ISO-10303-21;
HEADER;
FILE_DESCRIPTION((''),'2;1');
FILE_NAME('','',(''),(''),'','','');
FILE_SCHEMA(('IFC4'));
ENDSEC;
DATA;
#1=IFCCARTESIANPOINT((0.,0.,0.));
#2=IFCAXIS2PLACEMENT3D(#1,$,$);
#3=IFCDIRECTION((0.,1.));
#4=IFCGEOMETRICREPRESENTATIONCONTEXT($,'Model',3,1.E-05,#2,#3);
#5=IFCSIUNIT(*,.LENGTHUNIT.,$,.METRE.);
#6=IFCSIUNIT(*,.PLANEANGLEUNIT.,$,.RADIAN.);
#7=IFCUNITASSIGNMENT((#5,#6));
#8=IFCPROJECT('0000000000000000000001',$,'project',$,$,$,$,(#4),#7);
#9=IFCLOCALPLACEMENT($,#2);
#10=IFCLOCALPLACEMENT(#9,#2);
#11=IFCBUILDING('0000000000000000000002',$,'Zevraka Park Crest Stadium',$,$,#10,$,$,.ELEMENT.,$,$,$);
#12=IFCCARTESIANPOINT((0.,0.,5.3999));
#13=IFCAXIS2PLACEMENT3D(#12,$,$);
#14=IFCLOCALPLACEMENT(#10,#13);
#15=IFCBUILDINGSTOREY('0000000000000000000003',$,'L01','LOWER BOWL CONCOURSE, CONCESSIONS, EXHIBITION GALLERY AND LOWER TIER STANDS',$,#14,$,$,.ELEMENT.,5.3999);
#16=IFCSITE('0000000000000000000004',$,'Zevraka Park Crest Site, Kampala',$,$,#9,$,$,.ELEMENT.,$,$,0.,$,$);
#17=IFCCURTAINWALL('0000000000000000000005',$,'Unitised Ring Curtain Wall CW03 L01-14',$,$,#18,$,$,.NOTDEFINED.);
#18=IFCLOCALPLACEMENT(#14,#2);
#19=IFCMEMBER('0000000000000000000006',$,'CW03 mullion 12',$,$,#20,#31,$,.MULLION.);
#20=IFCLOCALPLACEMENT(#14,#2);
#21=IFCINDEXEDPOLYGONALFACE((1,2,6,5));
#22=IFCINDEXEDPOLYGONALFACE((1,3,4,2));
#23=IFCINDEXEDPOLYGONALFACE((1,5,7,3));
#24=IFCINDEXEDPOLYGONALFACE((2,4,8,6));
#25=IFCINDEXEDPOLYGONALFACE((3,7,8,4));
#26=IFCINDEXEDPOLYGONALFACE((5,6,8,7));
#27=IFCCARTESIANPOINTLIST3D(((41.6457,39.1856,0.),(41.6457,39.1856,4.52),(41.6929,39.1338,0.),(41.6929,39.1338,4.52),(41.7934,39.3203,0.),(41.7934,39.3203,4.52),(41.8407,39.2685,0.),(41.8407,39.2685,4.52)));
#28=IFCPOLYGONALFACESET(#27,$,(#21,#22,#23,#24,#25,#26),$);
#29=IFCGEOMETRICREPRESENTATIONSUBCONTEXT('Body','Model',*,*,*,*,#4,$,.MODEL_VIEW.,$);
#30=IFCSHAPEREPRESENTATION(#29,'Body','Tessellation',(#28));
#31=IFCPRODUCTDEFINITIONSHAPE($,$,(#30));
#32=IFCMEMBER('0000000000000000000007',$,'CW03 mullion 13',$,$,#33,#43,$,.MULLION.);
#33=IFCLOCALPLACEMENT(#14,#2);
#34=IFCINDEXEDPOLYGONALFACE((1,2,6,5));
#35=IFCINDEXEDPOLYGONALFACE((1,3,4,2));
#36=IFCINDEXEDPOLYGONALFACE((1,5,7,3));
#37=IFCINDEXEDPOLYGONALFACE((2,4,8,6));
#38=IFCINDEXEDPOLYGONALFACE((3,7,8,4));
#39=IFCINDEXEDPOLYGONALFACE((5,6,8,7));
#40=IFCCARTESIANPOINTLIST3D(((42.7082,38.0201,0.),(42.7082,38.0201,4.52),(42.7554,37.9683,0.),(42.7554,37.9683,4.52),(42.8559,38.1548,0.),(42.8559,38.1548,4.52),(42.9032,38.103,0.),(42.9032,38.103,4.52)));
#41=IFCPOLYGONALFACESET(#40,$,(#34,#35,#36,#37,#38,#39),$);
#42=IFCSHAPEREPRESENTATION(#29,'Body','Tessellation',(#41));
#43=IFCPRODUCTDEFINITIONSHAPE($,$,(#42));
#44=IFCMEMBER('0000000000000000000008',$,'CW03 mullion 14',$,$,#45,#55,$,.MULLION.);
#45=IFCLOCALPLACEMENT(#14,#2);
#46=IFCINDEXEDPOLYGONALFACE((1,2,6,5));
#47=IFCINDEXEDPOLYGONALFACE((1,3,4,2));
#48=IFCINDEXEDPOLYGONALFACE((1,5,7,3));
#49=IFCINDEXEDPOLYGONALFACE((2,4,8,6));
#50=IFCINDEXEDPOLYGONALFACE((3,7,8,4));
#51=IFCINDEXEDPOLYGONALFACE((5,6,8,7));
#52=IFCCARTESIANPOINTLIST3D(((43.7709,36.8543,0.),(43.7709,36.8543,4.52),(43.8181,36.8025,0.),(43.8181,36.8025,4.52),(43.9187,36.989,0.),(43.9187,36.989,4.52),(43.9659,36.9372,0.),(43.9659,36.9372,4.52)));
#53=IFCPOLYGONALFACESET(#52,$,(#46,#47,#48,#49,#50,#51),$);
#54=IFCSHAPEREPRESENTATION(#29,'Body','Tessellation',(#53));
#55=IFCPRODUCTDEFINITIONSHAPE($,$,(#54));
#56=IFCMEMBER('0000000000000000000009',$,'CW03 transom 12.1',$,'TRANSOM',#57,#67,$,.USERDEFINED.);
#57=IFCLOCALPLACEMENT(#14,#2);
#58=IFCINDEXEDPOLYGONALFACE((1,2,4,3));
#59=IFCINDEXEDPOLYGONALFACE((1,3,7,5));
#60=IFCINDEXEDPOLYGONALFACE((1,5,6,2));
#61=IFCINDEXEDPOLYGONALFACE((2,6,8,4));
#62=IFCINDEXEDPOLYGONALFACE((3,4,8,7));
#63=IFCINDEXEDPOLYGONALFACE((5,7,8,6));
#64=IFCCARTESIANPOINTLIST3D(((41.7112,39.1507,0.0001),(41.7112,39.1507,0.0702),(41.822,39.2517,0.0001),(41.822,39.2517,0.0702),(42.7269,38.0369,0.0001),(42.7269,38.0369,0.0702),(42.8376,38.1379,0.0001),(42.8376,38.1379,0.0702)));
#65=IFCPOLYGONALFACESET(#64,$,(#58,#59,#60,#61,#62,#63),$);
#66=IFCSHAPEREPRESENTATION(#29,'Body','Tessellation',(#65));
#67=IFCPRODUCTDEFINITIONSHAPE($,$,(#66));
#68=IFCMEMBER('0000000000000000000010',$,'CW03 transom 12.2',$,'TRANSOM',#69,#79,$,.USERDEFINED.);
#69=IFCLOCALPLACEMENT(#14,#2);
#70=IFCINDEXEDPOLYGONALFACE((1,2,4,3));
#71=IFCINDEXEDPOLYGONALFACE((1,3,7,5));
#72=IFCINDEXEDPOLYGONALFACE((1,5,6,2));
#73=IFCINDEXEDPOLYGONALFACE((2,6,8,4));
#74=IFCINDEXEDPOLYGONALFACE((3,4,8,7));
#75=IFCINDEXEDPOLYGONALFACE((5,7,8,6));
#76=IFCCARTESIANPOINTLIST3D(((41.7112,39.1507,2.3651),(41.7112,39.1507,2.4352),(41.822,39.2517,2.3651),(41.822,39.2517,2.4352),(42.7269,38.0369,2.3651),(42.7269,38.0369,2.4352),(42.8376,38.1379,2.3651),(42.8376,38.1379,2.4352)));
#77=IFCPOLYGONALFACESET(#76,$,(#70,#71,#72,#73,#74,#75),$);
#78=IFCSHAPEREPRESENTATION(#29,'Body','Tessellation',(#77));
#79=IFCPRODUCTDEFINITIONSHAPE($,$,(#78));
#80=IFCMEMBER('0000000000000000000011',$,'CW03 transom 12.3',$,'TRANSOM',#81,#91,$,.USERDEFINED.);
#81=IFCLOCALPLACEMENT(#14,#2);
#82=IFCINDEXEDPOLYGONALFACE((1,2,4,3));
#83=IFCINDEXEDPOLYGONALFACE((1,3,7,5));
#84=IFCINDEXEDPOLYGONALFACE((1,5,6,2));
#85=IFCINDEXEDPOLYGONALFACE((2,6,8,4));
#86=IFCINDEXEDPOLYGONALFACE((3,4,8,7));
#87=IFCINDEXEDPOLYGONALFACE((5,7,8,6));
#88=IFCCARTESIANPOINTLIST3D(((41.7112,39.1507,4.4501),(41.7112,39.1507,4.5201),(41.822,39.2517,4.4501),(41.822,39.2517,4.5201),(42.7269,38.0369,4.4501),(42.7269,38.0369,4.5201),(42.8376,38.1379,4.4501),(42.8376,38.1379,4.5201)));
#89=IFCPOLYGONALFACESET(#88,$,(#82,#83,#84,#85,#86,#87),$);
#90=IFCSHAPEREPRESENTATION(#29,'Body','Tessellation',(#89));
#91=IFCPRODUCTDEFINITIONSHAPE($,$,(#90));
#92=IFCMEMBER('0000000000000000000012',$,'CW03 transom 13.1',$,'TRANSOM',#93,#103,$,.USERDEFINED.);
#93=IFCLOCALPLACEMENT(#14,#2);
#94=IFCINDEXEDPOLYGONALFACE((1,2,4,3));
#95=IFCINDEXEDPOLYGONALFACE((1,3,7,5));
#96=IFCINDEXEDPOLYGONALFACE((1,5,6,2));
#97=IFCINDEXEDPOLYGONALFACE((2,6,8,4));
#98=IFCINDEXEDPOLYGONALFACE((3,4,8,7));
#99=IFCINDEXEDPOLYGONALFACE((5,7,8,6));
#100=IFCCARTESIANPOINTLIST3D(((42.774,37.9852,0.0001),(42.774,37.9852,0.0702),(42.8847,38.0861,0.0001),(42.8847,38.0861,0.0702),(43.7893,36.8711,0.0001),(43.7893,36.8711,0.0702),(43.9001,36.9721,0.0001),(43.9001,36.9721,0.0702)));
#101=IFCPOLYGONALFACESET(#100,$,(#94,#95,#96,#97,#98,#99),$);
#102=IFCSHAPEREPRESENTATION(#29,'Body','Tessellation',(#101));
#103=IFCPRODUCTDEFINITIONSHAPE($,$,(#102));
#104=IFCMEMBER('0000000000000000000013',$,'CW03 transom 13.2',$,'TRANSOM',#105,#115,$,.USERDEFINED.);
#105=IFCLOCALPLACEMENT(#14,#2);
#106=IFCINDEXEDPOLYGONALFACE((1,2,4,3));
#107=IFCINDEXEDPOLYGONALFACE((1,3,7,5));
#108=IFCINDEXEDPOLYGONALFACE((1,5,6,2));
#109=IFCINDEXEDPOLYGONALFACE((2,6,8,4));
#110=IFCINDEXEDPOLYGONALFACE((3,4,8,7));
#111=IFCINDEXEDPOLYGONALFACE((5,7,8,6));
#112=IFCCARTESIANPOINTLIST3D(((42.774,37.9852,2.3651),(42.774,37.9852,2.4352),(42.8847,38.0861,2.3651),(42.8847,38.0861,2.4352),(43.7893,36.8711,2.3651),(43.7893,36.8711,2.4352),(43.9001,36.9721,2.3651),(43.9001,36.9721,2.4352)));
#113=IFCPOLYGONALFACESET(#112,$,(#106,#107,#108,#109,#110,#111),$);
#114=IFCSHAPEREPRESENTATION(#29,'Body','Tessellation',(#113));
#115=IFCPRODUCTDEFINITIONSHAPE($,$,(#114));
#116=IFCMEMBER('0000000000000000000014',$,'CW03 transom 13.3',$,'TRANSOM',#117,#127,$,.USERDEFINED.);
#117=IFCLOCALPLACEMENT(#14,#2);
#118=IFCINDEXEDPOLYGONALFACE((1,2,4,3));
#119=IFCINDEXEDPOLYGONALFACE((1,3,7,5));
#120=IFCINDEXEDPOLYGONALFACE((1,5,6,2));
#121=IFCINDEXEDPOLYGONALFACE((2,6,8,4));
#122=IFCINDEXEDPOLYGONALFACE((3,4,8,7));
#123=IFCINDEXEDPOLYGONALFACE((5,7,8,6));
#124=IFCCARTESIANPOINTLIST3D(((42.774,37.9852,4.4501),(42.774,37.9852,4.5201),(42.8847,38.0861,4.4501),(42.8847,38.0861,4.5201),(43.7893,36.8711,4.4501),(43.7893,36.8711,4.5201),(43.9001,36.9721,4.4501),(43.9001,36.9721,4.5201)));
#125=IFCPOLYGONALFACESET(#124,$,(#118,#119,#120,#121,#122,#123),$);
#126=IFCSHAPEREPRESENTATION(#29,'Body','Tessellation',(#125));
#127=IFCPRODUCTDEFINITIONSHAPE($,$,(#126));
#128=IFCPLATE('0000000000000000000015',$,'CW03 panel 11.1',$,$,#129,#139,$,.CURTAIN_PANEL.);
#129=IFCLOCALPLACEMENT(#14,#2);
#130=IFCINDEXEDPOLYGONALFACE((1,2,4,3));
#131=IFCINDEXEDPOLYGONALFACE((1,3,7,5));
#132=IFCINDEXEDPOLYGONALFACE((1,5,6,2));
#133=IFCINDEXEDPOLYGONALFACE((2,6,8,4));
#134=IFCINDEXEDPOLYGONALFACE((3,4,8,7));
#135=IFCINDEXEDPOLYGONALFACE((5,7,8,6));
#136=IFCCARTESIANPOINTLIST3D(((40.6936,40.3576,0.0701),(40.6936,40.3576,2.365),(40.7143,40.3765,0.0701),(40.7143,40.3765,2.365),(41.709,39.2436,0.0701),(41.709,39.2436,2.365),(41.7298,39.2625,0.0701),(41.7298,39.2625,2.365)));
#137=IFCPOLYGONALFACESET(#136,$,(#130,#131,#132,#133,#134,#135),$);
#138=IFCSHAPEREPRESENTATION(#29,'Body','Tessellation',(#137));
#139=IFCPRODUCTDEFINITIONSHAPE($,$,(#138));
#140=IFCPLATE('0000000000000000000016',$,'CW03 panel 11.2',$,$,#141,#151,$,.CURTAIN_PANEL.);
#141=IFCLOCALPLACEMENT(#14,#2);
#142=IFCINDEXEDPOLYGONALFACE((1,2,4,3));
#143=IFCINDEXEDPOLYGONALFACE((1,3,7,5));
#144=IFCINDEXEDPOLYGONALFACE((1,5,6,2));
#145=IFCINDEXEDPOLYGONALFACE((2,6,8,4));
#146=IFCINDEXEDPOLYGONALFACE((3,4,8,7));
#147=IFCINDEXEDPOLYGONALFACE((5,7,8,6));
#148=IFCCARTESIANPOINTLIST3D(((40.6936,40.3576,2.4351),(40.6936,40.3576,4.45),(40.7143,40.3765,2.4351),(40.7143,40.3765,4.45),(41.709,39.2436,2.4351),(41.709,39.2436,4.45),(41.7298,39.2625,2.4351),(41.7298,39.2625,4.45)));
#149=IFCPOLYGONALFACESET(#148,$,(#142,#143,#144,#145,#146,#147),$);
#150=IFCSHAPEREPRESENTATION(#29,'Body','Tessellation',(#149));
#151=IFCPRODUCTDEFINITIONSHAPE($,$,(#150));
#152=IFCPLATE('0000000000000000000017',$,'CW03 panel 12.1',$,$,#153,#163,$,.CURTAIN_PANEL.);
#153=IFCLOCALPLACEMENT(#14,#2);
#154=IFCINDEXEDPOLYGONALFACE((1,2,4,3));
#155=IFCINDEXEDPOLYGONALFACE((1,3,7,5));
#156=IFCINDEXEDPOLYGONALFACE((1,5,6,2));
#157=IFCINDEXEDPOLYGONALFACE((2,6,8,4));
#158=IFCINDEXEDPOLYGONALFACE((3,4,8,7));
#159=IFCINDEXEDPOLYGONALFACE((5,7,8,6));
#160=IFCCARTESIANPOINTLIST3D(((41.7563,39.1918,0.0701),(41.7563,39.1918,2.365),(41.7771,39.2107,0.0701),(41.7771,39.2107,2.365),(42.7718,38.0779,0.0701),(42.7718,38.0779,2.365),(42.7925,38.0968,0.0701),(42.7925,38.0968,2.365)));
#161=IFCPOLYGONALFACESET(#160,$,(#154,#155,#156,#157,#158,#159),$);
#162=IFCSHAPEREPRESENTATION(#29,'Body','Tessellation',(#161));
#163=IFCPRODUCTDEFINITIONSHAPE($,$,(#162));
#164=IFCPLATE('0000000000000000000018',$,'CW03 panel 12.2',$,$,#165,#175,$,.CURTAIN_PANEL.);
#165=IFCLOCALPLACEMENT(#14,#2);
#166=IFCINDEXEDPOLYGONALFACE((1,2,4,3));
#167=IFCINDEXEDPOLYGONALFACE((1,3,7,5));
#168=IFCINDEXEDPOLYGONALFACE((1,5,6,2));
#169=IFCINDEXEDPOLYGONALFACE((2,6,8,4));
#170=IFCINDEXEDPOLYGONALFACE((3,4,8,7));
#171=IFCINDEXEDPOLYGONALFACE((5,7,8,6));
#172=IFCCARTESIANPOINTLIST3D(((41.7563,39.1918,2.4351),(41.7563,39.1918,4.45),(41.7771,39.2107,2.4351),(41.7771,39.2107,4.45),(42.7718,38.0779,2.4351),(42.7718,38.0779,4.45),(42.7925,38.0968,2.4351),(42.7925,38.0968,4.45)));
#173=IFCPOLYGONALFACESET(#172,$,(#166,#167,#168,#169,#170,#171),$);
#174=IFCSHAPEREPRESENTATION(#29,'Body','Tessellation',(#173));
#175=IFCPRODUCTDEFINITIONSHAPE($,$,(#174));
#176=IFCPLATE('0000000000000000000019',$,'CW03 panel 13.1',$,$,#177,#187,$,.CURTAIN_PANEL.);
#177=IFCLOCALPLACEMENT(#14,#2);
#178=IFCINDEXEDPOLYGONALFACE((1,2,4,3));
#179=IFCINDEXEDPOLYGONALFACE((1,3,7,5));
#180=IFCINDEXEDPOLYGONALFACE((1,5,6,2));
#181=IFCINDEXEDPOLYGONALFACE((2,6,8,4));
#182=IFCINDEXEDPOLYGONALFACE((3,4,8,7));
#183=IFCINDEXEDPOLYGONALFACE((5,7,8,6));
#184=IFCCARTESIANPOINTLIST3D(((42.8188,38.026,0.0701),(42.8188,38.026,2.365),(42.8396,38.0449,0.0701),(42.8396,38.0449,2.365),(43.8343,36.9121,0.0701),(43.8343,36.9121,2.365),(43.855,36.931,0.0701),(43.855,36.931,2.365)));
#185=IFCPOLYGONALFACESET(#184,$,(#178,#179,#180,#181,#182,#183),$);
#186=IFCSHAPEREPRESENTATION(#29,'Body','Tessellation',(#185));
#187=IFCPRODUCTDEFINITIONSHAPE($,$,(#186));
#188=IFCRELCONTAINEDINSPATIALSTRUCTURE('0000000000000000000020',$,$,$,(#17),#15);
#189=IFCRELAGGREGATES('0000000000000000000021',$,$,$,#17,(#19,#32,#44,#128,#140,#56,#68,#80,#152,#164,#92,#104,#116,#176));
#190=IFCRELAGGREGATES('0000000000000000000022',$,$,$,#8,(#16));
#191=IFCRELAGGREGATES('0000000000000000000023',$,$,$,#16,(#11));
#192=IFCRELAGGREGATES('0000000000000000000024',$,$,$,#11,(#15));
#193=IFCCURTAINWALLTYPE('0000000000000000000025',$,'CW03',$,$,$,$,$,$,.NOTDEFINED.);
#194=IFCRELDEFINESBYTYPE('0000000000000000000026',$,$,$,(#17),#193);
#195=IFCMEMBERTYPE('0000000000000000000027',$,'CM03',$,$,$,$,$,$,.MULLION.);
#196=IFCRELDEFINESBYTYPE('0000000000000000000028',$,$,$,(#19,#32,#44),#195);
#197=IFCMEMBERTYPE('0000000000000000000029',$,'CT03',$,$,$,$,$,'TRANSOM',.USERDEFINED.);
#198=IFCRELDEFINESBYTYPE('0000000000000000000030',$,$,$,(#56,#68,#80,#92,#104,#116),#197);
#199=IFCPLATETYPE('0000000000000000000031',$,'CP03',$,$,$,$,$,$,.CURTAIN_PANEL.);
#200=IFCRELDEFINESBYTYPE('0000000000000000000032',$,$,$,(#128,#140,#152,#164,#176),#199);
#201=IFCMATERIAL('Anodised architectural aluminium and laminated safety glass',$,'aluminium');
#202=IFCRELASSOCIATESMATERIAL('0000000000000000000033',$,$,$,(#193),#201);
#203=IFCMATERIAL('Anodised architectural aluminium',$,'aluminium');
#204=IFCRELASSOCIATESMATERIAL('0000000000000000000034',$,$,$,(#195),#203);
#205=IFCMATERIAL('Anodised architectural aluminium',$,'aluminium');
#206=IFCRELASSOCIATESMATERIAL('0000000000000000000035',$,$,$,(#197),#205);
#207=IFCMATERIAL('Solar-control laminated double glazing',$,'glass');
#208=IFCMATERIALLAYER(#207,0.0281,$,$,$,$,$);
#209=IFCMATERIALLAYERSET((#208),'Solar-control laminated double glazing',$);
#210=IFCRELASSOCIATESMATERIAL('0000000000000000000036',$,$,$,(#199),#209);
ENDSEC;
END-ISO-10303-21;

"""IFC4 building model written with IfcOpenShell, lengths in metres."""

from ifc_helpers import new_model, si_unit, direction, frame, origin, origin_2d, place, context, subcontext, project, spatial, rectangle, extrude, material, layer, layer_set, material_profile, profile_set, type_object, element, aggregate, save


model = new_model("IFC4")

# Units and contexts
model_context = context("Model", 3, precision=1e-05, world=origin(), true_north=direction((0.0, 1.0)))
body_context = subcontext(model_context, "Body", "Model", "MODEL_VIEW")
ifc_project = project(units=[si_unit("LENGTHUNIT", "METRE"), si_unit("PLANEANGLEUNIT", "RADIAN")], contexts=[model_context])

# Site, building, storey
site_placement = place(None, origin())
site = spatial("IfcSite", under=ifc_project, at=site_placement, Name="Zevraka Park Crest Site, Kampala", CompositionType="ELEMENT", RefElevation=0.0)
building_placement = place(site_placement, origin())
building = spatial("IfcBuilding", under=site, at=building_placement, Name="Zevraka Park Crest Stadium", CompositionType="ELEMENT")
storey_placement = place(building_placement, frame((0.0, 0.0, 5.3999)))
storey = spatial("IfcBuildingStorey", under=building, at=storey_placement, Name="L01", Description="LOWER BOWL CONCOURSE, CONCESSIONS, EXHIBITION GALLERY AND LOWER TIER STANDS", CompositionType="ELEMENT", Elevation=5.3999)

# Curtain wall, members, plates
ifc_material_1 = material(Name="Anodised architectural aluminium and laminated safety glass", Category="aluminium")
curtain_wall_type = type_object("IfcCurtainWallType", Name="CW03", PredefinedType="NOTDEFINED", material=ifc_material_1)
curtain_wall_placement = place(storey_placement, origin())
curtain_wall = element("IfcCurtainWall", 1, at=curtain_wall_placement, inside=storey, type_object=curtain_wall_type, Name="Unitised Ring Curtain Wall CW03 L01-14", PredefinedType="NOTDEFINED")
ifc_material_2 = material(Name="Anodised architectural aluminium", Category="aluminium")
ifc_material_profile_1 = material_profile(ifc_material_2, rectangle(XDim=0.2, YDim=0.0701, at=origin_2d()), Name="ALU MULLION 200x70")
ifc_profile_set_1 = profile_set([ifc_material_profile_1], Name="Anodised architectural aluminium")
member_type_1 = type_object("IfcMemberType", Name="CM03", PredefinedType="MULLION", material=ifc_profile_set_1)
member_1_placement = place(storey_placement, frame((41.7432, 39.2271, 0.0), z_axis=(0.0, 0.0, 1.0), x_axis=(0.739023, 0.67368, 0.0)))
member_1 = element("IfcMember", 2, at=member_1_placement, type_object=member_type_1, Name="CW03 mullion 12", PredefinedType="MULLION", context=body_context, shape_type="SweptSolid", body=[
    extrude(rectangle(XDim=0.2, YDim=0.0701, at=origin_2d()), origin(), (0.0, 0.0, 1.0), 4.52),
])
member_2_placement = place(storey_placement, frame((42.8057, 38.0615, 0.0), z_axis=(0.0, 0.0, 1.0), x_axis=(0.739023, 0.67368, 0.0)))
member_2 = element("IfcMember", 3, at=member_2_placement, type_object=member_type_1, Name="CW03 mullion 13", PredefinedType="MULLION", context=body_context, shape_type="SweptSolid", body=[
    extrude(rectangle(XDim=0.2, YDim=0.0701, at=origin_2d()), origin(), (0.0, 0.0, 1.0), 4.52),
])
member_3_placement = place(storey_placement, frame((43.8684, 36.8958, 0.0), z_axis=(0.0, 0.0, 1.0), x_axis=(0.739023, 0.67368, 0.0)))
member_3 = element("IfcMember", 4, at=member_3_placement, type_object=member_type_1, Name="CW03 mullion 14", PredefinedType="MULLION", context=body_context, shape_type="SweptSolid", body=[
    extrude(rectangle(XDim=0.2, YDim=0.0701, at=origin_2d()), origin(), (0.0, 0.0, 1.0), 4.52),
])
ifc_material_3 = material(Name="Anodised architectural aluminium", Category="aluminium")
ifc_material_profile_2 = material_profile(ifc_material_3, rectangle(XDim=0.1499, YDim=0.0701, at=origin_2d()), Name="ALU TRANSOM 150x70")
ifc_profile_set_2 = profile_set([ifc_material_profile_2], Name="Anodised architectural aluminium")
member_type_2 = type_object("IfcMemberType", Name="CT03", ElementType="TRANSOM", PredefinedType="USERDEFINED", material=ifc_profile_set_2)
member_4_placement = place(storey_placement, frame((41.7666, 39.2012, 0.0352), z_axis=(0.673801, -0.738913, 0.0), x_axis=(0.738913, 0.673801, 0.0)))
member_4 = element("IfcMember", 5, at=member_4_placement, type_object=member_type_2, Name="CW03 transom 12.1", ObjectType="TRANSOM", PredefinedType="USERDEFINED", context=body_context, shape_type="SweptSolid", body=[
    extrude(rectangle(XDim=0.1499, YDim=0.0701, at=origin_2d()), origin(), (0.0, 0.0, 1.0), 1.5073),
])
member_5_placement = place(storey_placement, frame((41.7666, 39.2012, 2.4001), z_axis=(0.673801, -0.738913, 0.0), x_axis=(0.738913, 0.673801, 0.0)))
member_5 = element("IfcMember", 6, at=member_5_placement, type_object=member_type_2, Name="CW03 transom 12.2", ObjectType="TRANSOM", PredefinedType="USERDEFINED", context=body_context, shape_type="SweptSolid", body=[
    extrude(rectangle(XDim=0.1499, YDim=0.0701, at=origin_2d()), origin(), (0.0, 0.0, 1.0), 1.5073),
])
member_6_placement = place(storey_placement, frame((41.7666, 39.2012, 4.4851), z_axis=(0.673801, -0.738913, 0.0), x_axis=(0.738913, 0.673801, 0.0)))
member_6 = element("IfcMember", 7, at=member_6_placement, type_object=member_type_2, Name="CW03 transom 12.3", ObjectType="TRANSOM", PredefinedType="USERDEFINED", context=body_context, shape_type="SweptSolid", body=[
    extrude(rectangle(XDim=0.1499, YDim=0.0701, at=origin_2d()), origin(), (0.0, 0.0, 1.0), 1.5073),
])
member_7_placement = place(storey_placement, frame((42.8293, 38.0356, 0.0352), z_axis=(0.673632, -0.739067, 0.0), x_axis=(0.739067, 0.673632, 0.0)))
member_7 = element("IfcMember", 8, at=member_7_placement, type_object=member_type_2, Name="CW03 transom 13.1", ObjectType="TRANSOM", PredefinedType="USERDEFINED", context=body_context, shape_type="SweptSolid", body=[
    extrude(rectangle(XDim=0.1499, YDim=0.0701, at=origin_2d()), origin(), (0.0, 0.0, 1.0), 1.5073),
])
member_8_placement = place(storey_placement, frame((42.8293, 38.0356, 2.4001), z_axis=(0.673632, -0.739067, 0.0), x_axis=(0.739067, 0.673632, 0.0)))
member_8 = element("IfcMember", 9, at=member_8_placement, type_object=member_type_2, Name="CW03 transom 13.2", ObjectType="TRANSOM", PredefinedType="USERDEFINED", context=body_context, shape_type="SweptSolid", body=[
    extrude(rectangle(XDim=0.1499, YDim=0.0701, at=origin_2d()), origin(), (0.0, 0.0, 1.0), 1.5073),
])
member_9_placement = place(storey_placement, frame((42.8293, 38.0356, 4.4851), z_axis=(0.673632, -0.739067, 0.0), x_axis=(0.739067, 0.673632, 0.0)))
member_9 = element("IfcMember", 10, at=member_9_placement, type_object=member_type_2, Name="CW03 transom 13.3", ObjectType="TRANSOM", PredefinedType="USERDEFINED", context=body_context, shape_type="SweptSolid", body=[
    extrude(rectangle(XDim=0.1499, YDim=0.0701, at=origin_2d()), origin(), (0.0, 0.0, 1.0), 1.5073),
])
ifc_material_4 = material(Name="Solar-control laminated double glazing", Category="glass")
ifc_layer_1 = layer(ifc_material_4, 0.0281)
ifc_layer_set_1 = layer_set([ifc_layer_1], Name="Solar-control laminated double glazing")
plate_type = type_object("IfcPlateType", Name="CP03", PredefinedType="CURTAIN_PANEL", material=ifc_layer_set_1)
plate_1_placement = place(storey_placement, frame((41.2117, 39.8101, 0.0701), z_axis=(0.0, 0.0, 1.0), x_axis=(0.67368, -0.739023, 0.0)))
plate_1 = element("IfcPlate", 11, at=plate_1_placement, type_object=plate_type, Name="CW03 panel 11.1", PredefinedType="CURTAIN_PANEL", context=body_context, shape_type="SweptSolid", body=[
    extrude(rectangle(XDim=1.5073, YDim=0.0281, at=origin_2d()), origin(), (0.0, 0.0, 1.0), 2.2949),
])
plate_2_placement = place(storey_placement, frame((41.2117, 39.8101, 2.4351), z_axis=(0.0, 0.0, 1.0), x_axis=(0.67368, -0.739023, 0.0)))
plate_2 = element("IfcPlate", 12, at=plate_2_placement, type_object=plate_type, Name="CW03 panel 11.2", PredefinedType="CURTAIN_PANEL", context=body_context, shape_type="SweptSolid", body=[
    extrude(rectangle(XDim=1.5073, YDim=0.0281, at=origin_2d()), origin(), (0.0, 0.0, 1.0), 2.0149),
])
plate_3_placement = place(storey_placement, frame((42.2744, 38.6443, 0.0701), z_axis=(0.0, 0.0, 1.0), x_axis=(0.67368, -0.739023, 0.0)))
plate_3 = element("IfcPlate", 13, at=plate_3_placement, type_object=plate_type, Name="CW03 panel 12.1", PredefinedType="CURTAIN_PANEL", context=body_context, shape_type="SweptSolid", body=[
    extrude(rectangle(XDim=1.5073, YDim=0.0281, at=origin_2d()), origin(), (0.0, 0.0, 1.0), 2.2949),
])
plate_4_placement = place(storey_placement, frame((42.2744, 38.6443, 2.4351), z_axis=(0.0, 0.0, 1.0), x_axis=(0.67368, -0.739023, 0.0)))
plate_4 = element("IfcPlate", 14, at=plate_4_placement, type_object=plate_type, Name="CW03 panel 12.2", PredefinedType="CURTAIN_PANEL", context=body_context, shape_type="SweptSolid", body=[
    extrude(rectangle(XDim=1.5073, YDim=0.0281, at=origin_2d()), origin(), (0.0, 0.0, 1.0), 2.0149),
])
plate_5_placement = place(storey_placement, frame((43.3369, 37.4785, 0.0701), z_axis=(0.0, 0.0, 1.0), x_axis=(0.67368, -0.739023, 0.0)))
plate_5 = element("IfcPlate", 15, at=plate_5_placement, type_object=plate_type, Name="CW03 panel 13.1", PredefinedType="CURTAIN_PANEL", context=body_context, shape_type="SweptSolid", body=[
    extrude(rectangle(XDim=1.5073, YDim=0.0281, at=origin_2d()), origin(), (0.0, 0.0, 1.0), 2.2949),
])
aggregate(curtain_wall, [member_1, member_2, member_3, plate_1, plate_2, member_4, member_5, member_6, plate_3, plate_4, member_7, member_8, member_9, plate_5])

save(model, "model.ifc")
